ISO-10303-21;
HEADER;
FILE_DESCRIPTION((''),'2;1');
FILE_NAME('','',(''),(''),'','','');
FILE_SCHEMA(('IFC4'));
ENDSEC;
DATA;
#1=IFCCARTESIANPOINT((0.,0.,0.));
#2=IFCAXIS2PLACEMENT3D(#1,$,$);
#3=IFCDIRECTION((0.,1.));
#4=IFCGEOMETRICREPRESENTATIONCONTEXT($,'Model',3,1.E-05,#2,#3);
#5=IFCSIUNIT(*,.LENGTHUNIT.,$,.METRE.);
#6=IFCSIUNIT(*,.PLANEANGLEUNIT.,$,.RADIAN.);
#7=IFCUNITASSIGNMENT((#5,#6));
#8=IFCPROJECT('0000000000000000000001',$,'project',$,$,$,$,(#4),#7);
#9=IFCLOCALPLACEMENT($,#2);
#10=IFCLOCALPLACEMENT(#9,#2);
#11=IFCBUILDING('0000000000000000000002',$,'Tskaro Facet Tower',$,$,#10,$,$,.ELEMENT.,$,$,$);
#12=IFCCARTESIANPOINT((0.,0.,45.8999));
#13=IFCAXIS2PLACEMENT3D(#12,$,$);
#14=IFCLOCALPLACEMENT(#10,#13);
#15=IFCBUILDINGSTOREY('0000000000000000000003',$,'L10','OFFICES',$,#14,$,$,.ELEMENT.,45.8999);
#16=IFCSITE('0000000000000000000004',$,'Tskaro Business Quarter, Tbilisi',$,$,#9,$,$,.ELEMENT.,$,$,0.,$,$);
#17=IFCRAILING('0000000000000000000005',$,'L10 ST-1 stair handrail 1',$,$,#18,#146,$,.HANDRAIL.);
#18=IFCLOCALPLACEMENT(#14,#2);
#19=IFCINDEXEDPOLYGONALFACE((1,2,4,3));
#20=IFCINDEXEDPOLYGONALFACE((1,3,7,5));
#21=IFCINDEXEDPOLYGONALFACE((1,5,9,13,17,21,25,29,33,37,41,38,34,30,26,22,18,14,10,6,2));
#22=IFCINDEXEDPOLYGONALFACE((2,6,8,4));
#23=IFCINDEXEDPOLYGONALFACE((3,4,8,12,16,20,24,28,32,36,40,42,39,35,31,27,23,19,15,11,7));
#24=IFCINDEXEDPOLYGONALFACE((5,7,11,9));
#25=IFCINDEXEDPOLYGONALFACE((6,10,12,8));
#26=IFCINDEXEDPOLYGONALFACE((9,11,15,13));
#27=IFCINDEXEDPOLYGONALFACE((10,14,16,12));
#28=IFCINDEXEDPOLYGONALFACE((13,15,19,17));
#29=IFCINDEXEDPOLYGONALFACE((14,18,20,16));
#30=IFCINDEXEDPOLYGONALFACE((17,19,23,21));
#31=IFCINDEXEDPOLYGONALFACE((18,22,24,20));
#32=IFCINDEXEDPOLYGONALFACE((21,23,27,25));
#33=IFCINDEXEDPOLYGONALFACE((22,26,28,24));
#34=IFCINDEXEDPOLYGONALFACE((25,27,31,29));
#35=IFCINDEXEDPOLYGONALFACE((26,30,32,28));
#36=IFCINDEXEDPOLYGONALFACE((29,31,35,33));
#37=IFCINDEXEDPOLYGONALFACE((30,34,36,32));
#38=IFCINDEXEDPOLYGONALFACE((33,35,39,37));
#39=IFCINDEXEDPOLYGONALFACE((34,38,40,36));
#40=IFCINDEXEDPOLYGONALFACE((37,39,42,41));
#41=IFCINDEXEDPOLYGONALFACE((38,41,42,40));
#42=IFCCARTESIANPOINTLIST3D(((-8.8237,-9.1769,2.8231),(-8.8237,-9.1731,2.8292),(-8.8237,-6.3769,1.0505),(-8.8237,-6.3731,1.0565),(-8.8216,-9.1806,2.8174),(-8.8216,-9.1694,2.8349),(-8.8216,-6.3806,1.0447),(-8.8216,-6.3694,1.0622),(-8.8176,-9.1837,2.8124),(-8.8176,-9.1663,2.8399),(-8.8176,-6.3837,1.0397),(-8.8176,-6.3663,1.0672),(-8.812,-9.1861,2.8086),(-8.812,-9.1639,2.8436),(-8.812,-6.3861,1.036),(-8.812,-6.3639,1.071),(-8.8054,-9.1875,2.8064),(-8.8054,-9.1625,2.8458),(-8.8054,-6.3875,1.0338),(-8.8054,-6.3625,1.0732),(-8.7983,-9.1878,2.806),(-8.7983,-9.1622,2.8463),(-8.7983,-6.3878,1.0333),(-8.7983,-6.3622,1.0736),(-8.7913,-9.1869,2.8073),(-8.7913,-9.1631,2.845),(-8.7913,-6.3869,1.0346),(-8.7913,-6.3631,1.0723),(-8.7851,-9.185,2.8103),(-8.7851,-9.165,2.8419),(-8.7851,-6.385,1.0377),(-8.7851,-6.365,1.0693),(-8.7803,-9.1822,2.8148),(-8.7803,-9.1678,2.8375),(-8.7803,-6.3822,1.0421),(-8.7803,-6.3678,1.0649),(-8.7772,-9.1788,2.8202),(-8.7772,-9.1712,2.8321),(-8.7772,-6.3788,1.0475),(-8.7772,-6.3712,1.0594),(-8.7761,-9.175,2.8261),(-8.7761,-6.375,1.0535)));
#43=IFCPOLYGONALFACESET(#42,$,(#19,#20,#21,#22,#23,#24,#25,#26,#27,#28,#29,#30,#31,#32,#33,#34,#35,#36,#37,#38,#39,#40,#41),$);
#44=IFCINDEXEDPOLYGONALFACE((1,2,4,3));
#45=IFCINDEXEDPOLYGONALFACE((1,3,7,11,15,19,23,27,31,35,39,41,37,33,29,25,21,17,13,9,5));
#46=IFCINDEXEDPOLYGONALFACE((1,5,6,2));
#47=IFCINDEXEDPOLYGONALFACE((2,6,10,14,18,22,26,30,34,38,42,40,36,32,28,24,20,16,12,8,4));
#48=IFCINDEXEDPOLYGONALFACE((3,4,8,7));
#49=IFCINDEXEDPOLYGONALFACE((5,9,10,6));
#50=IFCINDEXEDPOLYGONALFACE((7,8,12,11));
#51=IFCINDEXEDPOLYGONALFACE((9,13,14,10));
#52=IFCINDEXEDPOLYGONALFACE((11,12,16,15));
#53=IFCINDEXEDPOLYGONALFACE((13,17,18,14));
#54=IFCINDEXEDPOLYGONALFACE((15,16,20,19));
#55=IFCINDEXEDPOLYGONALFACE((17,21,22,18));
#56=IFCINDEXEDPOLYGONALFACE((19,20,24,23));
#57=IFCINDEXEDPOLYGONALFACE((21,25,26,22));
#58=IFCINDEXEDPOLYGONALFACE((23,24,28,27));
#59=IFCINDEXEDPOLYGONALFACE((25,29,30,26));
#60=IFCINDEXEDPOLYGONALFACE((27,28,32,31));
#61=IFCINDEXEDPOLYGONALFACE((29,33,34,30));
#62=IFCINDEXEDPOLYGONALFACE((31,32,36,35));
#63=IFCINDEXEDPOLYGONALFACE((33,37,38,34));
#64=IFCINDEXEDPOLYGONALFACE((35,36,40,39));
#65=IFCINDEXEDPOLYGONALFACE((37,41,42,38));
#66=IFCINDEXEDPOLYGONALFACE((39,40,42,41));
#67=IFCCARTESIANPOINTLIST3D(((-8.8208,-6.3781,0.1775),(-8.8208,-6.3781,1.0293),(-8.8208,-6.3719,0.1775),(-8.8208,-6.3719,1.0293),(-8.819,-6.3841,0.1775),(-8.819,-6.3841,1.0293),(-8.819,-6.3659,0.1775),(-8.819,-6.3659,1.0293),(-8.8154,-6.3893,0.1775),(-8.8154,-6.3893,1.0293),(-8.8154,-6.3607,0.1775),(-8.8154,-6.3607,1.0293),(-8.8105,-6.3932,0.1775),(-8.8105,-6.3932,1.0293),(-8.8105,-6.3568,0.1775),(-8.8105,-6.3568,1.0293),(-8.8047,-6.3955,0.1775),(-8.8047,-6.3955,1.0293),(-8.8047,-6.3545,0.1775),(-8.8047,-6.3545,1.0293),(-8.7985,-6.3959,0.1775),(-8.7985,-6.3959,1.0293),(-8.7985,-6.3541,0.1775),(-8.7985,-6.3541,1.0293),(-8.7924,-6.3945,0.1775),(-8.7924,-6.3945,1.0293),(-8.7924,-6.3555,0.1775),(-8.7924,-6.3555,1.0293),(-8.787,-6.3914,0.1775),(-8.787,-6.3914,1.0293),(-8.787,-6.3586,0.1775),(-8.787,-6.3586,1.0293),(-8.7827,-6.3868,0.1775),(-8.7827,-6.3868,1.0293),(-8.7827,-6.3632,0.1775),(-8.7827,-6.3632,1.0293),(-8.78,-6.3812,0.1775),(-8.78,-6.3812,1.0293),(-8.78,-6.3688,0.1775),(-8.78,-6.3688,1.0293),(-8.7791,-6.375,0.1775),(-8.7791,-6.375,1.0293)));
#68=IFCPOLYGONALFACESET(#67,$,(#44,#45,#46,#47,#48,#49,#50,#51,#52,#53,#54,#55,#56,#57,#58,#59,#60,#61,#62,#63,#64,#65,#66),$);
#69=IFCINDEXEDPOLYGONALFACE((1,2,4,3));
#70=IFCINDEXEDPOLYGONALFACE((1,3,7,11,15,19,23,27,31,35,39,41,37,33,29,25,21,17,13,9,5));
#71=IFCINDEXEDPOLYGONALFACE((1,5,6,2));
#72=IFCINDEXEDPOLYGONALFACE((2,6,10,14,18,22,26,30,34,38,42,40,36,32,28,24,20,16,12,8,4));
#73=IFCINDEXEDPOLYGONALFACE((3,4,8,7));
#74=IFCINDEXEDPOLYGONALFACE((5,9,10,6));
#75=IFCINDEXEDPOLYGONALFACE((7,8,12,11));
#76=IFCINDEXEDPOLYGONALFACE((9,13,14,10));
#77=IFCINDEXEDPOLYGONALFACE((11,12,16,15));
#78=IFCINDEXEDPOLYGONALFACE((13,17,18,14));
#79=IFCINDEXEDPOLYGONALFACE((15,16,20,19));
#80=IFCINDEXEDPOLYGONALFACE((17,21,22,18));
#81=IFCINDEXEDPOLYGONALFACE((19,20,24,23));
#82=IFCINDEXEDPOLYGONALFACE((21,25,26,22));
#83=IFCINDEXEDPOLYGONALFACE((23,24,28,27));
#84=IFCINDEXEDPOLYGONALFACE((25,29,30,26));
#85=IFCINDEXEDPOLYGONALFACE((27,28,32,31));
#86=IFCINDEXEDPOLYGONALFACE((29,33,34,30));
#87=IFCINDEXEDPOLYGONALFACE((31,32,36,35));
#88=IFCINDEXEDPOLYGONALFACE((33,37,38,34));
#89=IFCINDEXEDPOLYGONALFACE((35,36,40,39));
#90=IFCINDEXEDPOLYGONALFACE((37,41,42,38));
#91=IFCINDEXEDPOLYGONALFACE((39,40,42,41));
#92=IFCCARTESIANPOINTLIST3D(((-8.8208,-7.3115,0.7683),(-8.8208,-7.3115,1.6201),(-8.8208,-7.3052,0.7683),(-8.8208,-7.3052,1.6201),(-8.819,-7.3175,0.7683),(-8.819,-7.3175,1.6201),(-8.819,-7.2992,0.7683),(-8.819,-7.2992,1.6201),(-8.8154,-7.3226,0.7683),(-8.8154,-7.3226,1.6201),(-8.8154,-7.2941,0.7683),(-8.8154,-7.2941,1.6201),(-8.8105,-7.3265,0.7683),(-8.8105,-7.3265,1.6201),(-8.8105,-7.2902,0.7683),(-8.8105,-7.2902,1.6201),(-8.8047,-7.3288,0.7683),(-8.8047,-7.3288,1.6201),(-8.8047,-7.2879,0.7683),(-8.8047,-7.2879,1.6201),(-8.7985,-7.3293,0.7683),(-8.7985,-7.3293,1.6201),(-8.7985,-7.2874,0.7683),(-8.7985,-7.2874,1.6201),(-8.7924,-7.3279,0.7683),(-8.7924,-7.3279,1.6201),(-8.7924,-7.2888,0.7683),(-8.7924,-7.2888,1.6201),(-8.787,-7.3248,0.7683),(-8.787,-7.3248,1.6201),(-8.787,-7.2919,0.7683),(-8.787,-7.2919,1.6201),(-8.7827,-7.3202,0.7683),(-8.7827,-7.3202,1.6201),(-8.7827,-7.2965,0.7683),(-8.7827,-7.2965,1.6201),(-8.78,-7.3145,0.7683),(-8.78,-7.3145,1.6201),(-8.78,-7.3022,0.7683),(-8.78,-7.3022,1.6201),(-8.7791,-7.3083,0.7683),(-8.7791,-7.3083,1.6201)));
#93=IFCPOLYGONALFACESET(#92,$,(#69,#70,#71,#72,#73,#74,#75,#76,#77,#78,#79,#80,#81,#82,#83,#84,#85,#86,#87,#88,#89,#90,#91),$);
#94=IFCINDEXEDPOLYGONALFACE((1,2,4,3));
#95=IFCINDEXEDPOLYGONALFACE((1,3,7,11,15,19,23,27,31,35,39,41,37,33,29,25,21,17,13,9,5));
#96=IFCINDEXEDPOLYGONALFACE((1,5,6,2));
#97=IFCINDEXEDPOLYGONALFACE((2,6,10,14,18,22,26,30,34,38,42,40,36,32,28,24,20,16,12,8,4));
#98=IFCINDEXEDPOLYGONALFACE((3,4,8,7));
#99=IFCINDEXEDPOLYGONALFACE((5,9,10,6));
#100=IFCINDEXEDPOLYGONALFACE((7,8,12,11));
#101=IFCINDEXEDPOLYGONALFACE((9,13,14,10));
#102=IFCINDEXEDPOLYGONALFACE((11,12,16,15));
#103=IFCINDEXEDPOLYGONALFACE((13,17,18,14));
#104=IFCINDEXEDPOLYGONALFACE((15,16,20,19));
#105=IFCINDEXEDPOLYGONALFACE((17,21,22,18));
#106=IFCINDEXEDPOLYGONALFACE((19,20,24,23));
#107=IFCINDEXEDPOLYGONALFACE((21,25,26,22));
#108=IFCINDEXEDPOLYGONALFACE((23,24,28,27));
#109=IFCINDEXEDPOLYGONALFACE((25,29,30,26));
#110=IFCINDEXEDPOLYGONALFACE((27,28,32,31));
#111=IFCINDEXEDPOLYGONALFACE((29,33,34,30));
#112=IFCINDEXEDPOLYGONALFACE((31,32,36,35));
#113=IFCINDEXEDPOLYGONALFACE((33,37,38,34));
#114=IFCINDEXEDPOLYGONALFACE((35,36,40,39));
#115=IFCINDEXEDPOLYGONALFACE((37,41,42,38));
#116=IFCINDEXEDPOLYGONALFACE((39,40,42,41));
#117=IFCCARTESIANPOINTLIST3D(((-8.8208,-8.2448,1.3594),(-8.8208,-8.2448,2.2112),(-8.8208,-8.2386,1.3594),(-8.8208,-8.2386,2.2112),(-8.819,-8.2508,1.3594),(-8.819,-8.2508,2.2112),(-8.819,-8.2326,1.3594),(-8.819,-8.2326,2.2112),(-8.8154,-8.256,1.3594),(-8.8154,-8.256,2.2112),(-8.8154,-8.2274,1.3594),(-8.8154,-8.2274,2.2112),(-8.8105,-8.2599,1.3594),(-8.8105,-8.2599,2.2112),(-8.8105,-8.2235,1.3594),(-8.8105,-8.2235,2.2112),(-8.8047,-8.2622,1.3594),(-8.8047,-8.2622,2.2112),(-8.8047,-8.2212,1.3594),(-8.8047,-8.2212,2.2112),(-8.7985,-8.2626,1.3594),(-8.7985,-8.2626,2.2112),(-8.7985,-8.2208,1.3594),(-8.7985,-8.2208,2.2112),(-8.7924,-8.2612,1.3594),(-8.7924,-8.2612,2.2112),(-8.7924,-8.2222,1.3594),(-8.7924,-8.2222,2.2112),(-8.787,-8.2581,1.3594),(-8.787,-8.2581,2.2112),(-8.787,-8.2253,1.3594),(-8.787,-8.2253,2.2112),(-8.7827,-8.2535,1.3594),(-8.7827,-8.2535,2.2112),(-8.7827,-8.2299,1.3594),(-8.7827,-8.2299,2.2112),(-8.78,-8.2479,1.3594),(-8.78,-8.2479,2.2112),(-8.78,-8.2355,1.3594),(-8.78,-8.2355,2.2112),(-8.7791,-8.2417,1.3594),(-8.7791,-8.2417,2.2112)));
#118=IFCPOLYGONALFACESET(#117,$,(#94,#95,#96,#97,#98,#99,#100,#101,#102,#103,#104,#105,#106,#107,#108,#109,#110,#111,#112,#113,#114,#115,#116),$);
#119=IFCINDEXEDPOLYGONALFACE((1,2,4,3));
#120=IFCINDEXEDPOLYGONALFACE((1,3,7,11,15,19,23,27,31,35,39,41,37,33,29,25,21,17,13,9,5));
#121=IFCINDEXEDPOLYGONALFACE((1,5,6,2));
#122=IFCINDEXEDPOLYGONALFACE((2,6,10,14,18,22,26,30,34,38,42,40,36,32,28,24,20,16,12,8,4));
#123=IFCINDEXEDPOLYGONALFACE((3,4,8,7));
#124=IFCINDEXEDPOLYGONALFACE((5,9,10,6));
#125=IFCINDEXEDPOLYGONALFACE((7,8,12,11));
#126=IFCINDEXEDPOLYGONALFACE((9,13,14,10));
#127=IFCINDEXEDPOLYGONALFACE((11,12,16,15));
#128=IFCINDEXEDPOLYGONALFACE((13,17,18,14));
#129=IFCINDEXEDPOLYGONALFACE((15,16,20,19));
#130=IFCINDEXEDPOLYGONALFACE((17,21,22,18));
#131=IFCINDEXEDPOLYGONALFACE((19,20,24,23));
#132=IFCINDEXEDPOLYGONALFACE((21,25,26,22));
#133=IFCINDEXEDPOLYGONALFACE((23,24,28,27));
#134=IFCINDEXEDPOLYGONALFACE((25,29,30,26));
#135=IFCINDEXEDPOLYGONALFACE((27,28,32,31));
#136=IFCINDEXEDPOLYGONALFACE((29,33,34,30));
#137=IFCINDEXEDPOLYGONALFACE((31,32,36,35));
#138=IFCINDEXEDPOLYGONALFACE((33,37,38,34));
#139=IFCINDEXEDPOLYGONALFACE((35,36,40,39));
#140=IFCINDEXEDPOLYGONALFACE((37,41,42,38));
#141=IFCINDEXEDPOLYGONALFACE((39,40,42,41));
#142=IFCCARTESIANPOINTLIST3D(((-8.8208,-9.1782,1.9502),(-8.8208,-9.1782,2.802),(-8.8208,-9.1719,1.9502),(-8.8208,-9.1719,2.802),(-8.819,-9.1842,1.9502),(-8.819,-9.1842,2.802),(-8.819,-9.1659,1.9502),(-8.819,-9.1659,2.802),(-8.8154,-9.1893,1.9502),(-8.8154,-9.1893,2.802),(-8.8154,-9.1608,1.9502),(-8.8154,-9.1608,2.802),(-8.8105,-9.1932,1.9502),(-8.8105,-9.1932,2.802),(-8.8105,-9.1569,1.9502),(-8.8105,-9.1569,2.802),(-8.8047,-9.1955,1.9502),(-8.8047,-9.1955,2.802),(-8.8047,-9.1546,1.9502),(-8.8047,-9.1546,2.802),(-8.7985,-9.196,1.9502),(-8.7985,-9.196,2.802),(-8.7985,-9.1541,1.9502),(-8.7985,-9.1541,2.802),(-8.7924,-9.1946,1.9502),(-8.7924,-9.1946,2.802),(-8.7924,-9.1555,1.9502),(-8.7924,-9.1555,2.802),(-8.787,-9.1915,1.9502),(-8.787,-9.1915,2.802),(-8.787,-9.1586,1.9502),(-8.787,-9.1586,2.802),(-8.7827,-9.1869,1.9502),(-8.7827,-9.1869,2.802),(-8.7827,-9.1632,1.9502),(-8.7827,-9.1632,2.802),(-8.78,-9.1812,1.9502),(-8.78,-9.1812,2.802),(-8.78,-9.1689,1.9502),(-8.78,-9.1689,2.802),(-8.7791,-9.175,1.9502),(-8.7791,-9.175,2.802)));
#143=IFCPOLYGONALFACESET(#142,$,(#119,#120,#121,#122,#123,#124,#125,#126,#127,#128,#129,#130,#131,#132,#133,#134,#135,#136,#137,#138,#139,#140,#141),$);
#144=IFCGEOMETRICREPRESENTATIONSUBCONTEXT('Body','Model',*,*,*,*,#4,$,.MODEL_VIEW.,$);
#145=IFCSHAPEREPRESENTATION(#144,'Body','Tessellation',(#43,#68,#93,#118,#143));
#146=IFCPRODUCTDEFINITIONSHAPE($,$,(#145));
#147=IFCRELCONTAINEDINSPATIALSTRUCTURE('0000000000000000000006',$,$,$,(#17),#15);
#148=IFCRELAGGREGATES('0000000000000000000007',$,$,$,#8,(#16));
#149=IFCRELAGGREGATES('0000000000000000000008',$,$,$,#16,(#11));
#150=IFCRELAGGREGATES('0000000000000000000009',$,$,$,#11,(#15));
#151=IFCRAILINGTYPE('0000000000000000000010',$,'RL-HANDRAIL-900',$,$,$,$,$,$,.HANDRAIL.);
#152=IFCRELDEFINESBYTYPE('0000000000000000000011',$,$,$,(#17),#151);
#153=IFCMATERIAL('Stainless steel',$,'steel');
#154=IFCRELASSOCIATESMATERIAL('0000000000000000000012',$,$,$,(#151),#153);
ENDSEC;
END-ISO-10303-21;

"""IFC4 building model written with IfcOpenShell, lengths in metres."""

from ifc_helpers import new_model, si_unit, direction, frame, origin, origin_2d, place, context, subcontext, project, spatial, circle, extrude, material, type_object, element, save


model = new_model("IFC4")

# Units and contexts
model_context = context("Model", 3, precision=1e-05, world=origin(), true_north=direction((0.0, 1.0)))
body_context = subcontext(model_context, "Body", "Model", "MODEL_VIEW")
ifc_project = project(units=[si_unit("LENGTHUNIT", "METRE"), si_unit("PLANEANGLEUNIT", "RADIAN")], contexts=[model_context])

# Site, building, storey
site_placement = place(None, origin())
site = spatial("IfcSite", under=ifc_project, at=site_placement, Name="Tskaro Business Quarter, Tbilisi", CompositionType="ELEMENT", RefElevation=0.0)
building_placement = place(site_placement, origin())
building = spatial("IfcBuilding", under=site, at=building_placement, Name="Tskaro Facet Tower", CompositionType="ELEMENT")
storey_placement = place(building_placement, frame((0.0, 0.0, 45.8999)))
storey = spatial("IfcBuildingStorey", under=building, at=storey_placement, Name="L10", Description="OFFICES", CompositionType="ELEMENT", Elevation=45.8999)

# Railing
ifc_material_1 = material(Name="Stainless steel", Category="steel")
railing_type = type_object("IfcRailingType", Name="RL-HANDRAIL-900", PredefinedType="HANDRAIL", material=ifc_material_1)
railing_placement = place(storey_placement, frame((-8.8, -6.375, 0.1775)))
element("IfcRailing", 1, at=railing_placement, inside=storey, type_object=railing_type, Name="L10 ST-1 stair handrail 1", PredefinedType="HANDRAIL", context=body_context, shape_type="SweptSolid", body=[
    extrude(circle(Radius=0.0239, at=origin_2d()), frame((0.0, 0.0, 0.876), z_axis=(0.0, -0.844909, 0.53491), x_axis=(1.0, 0.0, 0.0)), (0.0, 0.0, 1.0), 3.314),
    extrude(circle(Radius=0.021, at=origin_2d()), origin(), (0.0, 0.0, 1.0), 0.8518),
    extrude(circle(Radius=0.021, at=origin_2d()), frame((0.0, -0.9333, 0.5908)), (0.0, 0.0, 1.0), 0.8518),
    extrude(circle(Radius=0.021, at=origin_2d()), frame((0.0, -1.8667, 1.1819)), (0.0, 0.0, 1.0), 0.8518),
    extrude(circle(Radius=0.021, at=origin_2d()), frame((0.0, -2.8, 1.7727)), (0.0, 0.0, 1.0), 0.8518),
])

save(model, "model.ifc")
